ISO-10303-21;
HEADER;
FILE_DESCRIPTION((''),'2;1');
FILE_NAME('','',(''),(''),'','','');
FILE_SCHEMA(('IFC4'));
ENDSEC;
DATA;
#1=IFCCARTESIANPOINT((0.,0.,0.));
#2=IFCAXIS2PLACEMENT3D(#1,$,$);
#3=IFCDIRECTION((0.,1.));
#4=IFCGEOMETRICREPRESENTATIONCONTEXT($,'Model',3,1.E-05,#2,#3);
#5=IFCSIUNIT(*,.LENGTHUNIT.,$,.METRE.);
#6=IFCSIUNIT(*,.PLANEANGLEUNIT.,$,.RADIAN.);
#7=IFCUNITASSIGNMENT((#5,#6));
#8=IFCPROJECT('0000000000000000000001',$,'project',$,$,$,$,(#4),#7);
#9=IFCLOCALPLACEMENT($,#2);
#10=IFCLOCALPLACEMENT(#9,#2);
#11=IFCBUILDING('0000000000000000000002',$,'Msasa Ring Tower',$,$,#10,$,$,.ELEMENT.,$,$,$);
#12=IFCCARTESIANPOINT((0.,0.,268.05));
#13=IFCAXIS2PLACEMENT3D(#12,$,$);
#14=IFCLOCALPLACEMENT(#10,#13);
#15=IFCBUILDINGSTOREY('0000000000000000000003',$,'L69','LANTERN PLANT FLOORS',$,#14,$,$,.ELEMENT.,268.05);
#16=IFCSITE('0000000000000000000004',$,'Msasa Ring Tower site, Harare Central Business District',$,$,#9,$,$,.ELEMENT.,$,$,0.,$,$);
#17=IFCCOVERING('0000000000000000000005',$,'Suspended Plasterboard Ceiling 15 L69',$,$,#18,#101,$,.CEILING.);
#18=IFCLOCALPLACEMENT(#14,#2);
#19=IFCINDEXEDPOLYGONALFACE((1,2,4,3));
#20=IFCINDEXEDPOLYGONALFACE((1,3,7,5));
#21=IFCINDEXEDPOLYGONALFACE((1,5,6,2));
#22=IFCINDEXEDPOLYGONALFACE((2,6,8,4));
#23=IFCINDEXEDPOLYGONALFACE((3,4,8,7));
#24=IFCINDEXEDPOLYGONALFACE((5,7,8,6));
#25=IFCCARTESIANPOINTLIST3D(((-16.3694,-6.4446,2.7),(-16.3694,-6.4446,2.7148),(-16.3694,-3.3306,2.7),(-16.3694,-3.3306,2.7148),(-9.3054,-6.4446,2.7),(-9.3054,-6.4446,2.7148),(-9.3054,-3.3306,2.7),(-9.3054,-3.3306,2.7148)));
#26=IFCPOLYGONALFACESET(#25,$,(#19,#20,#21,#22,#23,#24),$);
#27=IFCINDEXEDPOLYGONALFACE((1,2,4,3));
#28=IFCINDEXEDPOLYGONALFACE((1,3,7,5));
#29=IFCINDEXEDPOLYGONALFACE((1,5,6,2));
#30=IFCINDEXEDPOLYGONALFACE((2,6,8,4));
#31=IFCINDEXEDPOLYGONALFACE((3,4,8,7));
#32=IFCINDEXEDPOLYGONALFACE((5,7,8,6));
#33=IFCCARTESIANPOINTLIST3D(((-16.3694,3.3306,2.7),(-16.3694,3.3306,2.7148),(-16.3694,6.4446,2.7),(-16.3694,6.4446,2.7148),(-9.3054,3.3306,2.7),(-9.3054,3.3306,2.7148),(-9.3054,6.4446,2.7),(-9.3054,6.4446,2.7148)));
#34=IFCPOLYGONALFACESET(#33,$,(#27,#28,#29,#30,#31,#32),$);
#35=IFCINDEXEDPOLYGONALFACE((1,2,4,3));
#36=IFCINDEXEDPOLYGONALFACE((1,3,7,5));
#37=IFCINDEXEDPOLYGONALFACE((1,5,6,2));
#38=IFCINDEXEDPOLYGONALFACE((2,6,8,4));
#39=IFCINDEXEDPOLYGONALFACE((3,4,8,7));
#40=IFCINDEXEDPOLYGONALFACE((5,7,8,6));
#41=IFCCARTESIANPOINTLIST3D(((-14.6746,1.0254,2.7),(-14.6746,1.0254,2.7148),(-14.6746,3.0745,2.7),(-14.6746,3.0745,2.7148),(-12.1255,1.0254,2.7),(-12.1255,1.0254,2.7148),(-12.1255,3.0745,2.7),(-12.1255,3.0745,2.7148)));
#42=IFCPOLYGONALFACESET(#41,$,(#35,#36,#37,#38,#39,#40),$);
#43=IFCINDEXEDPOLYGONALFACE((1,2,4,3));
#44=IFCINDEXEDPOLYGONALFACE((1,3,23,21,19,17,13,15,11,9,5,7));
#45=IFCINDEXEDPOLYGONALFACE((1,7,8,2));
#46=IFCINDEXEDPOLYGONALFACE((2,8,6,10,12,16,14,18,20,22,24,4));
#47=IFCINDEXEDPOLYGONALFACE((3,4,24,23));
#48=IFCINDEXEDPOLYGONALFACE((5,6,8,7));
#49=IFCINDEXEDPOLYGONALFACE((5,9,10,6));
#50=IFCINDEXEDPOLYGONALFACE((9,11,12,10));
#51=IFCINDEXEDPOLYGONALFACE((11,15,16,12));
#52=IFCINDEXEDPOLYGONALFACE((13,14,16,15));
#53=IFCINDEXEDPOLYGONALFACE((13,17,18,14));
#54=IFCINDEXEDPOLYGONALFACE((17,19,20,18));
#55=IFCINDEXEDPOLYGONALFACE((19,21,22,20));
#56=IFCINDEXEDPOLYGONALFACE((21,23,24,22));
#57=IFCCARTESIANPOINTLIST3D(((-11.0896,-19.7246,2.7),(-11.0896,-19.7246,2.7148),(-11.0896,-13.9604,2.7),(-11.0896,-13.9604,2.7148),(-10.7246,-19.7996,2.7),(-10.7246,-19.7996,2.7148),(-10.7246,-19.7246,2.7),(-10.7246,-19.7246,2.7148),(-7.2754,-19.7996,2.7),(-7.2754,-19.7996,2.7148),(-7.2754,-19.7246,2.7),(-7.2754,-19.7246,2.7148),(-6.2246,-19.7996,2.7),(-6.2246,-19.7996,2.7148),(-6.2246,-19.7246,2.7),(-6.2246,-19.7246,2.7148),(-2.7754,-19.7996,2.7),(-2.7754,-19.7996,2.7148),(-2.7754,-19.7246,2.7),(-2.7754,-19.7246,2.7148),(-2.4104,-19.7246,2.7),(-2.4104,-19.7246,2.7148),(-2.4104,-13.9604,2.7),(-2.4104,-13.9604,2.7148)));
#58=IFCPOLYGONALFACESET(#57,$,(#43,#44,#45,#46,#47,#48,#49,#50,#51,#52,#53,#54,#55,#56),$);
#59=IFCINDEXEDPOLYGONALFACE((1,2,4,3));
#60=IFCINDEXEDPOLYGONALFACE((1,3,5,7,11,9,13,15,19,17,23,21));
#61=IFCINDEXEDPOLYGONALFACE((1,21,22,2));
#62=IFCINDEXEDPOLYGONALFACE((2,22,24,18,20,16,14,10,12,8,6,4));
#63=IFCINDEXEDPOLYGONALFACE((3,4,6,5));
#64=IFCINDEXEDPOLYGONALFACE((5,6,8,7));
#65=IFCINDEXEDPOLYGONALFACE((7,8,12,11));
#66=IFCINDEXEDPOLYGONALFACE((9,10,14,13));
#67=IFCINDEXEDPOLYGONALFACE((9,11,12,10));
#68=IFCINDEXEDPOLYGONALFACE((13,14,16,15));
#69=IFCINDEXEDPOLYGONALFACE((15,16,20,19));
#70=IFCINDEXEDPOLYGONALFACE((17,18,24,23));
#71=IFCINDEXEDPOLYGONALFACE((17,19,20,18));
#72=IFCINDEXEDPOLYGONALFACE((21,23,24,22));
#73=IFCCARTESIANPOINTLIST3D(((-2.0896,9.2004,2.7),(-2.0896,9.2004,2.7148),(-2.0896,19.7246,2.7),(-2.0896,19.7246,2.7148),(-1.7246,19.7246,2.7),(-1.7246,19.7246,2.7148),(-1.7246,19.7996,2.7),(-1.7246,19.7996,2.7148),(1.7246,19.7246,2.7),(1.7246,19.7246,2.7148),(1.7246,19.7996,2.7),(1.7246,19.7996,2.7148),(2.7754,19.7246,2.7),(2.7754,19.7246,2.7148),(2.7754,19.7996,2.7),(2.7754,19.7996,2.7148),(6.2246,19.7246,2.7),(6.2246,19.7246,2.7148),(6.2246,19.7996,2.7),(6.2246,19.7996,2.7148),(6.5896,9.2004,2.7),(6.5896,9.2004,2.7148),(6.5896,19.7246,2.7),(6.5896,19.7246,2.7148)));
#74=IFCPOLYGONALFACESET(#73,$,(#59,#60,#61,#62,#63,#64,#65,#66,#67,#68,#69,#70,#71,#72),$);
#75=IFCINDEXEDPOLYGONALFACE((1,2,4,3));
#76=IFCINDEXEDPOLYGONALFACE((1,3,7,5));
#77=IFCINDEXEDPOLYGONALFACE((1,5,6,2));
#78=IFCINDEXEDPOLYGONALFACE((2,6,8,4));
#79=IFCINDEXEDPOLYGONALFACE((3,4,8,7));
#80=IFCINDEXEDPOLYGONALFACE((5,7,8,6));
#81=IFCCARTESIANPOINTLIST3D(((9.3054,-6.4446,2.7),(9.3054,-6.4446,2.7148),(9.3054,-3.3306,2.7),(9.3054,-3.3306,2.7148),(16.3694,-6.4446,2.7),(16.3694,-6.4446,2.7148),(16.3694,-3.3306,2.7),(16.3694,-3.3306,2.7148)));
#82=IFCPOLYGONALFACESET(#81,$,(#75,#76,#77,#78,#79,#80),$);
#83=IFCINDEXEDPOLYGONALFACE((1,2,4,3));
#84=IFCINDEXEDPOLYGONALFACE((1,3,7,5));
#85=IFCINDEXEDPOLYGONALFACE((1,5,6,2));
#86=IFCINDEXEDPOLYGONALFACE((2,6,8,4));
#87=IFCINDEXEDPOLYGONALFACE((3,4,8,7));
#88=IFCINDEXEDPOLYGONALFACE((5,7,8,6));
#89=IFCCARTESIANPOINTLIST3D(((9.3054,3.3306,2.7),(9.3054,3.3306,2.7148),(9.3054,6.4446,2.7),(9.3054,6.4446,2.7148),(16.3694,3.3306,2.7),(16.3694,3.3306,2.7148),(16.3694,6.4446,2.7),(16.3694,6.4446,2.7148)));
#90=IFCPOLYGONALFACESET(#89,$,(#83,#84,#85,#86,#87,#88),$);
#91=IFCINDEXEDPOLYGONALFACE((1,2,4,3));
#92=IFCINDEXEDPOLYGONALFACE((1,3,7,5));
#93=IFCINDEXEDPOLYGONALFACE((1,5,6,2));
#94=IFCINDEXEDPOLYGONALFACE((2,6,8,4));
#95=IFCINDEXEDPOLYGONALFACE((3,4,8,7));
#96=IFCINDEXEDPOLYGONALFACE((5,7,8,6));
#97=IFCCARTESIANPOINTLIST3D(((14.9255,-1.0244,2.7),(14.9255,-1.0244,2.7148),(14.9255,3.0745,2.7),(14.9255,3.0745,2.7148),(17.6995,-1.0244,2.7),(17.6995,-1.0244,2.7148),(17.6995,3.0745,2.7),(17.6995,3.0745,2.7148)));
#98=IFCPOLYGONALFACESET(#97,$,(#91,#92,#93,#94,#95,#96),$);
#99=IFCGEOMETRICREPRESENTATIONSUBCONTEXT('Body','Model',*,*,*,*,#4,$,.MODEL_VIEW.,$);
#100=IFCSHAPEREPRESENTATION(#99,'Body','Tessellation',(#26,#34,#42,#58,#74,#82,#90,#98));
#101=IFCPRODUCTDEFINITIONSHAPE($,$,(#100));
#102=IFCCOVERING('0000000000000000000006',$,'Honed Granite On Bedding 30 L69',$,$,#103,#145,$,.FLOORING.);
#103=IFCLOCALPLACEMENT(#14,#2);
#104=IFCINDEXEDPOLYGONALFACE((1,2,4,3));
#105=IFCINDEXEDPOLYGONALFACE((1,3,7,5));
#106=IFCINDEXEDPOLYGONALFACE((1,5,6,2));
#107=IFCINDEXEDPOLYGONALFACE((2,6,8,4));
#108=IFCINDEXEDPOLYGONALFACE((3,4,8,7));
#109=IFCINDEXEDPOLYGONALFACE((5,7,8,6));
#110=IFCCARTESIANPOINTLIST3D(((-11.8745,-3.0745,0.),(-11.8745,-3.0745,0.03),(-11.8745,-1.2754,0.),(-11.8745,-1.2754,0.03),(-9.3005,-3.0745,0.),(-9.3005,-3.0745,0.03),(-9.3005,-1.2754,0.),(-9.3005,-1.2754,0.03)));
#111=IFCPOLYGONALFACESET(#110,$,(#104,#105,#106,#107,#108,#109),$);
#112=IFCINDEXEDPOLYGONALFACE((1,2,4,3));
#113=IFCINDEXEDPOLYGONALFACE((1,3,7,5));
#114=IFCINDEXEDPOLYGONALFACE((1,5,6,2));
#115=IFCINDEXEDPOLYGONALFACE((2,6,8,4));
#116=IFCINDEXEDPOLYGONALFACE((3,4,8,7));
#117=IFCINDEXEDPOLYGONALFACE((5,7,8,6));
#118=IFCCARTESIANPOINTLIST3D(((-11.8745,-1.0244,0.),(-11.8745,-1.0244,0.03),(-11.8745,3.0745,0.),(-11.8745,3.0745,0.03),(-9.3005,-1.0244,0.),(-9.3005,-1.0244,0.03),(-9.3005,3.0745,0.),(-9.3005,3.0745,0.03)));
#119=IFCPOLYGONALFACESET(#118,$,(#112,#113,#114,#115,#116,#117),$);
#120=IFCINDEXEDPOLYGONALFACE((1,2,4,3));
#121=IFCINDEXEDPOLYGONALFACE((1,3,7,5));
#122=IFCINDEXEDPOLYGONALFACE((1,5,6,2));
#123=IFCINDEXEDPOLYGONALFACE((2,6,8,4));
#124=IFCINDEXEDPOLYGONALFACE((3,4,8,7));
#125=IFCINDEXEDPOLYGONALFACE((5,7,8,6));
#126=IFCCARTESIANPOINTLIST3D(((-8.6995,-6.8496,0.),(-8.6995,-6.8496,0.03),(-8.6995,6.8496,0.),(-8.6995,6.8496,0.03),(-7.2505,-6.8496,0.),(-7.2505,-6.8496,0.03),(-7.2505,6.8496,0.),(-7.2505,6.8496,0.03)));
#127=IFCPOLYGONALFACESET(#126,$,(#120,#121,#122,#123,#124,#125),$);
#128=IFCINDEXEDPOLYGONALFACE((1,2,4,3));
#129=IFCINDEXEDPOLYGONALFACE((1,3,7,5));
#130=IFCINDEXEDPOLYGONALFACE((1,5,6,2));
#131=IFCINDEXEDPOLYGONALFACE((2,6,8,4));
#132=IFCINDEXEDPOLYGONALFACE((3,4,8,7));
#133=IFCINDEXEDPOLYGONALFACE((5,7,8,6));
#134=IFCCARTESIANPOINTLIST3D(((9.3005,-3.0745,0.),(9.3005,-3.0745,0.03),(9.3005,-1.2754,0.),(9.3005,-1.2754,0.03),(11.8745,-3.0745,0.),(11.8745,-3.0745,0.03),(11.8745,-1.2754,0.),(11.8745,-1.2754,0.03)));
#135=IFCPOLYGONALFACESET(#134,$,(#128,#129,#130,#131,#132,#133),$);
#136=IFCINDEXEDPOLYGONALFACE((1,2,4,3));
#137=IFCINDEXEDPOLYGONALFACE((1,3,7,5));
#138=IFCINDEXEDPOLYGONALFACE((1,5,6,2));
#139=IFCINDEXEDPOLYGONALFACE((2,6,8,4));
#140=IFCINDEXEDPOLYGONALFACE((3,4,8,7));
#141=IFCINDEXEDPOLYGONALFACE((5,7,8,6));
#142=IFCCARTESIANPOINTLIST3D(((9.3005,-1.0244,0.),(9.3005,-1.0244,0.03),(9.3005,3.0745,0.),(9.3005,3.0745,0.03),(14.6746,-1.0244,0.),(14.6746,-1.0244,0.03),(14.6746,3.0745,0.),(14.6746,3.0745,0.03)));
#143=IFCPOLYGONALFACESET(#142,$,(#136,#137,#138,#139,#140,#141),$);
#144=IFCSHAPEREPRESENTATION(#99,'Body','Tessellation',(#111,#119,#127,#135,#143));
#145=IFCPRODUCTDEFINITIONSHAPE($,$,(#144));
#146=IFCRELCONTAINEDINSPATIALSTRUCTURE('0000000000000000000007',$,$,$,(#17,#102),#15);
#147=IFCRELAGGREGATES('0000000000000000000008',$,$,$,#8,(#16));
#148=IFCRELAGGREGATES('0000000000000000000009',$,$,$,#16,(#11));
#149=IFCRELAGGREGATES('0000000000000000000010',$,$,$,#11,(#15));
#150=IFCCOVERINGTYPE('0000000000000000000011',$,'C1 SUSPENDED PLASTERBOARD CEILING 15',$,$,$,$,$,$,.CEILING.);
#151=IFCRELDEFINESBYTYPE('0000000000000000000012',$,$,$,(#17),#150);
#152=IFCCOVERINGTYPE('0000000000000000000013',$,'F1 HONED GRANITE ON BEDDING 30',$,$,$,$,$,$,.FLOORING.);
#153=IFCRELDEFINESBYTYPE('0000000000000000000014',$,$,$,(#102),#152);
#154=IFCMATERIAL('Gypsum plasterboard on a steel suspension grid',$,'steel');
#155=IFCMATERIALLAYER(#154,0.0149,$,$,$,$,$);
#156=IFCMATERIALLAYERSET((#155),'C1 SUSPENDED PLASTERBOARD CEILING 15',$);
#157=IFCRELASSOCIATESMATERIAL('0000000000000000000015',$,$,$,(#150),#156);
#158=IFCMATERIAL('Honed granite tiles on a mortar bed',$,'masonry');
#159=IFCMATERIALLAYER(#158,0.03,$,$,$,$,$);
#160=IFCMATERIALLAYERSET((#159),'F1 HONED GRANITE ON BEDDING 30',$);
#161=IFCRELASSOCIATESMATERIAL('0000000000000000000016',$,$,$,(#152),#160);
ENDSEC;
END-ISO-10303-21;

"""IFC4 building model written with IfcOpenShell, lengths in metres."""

from ifc_helpers import new_model, si_unit, direction, frame, origin, place, context, subcontext, project, spatial, line, indexed_curve, outline, extrude, material, layer, layer_set, type_object, element, save


model = new_model("IFC4")

# Units and contexts
model_context = context("Model", 3, precision=1e-05, world=origin(), true_north=direction((0.0, 1.0)))
body_context = subcontext(model_context, "Body", "Model", "MODEL_VIEW")
ifc_project = project(units=[si_unit("LENGTHUNIT", "METRE"), si_unit("PLANEANGLEUNIT", "RADIAN")], contexts=[model_context])

# Site, building, storey
site_placement = place(None, origin())
site = spatial("IfcSite", under=ifc_project, at=site_placement, Name="Msasa Ring Tower site, Harare Central Business District", CompositionType="ELEMENT", RefElevation=0.0)
building_placement = place(site_placement, origin())
building = spatial("IfcBuilding", under=site, at=building_placement, Name="Msasa Ring Tower", CompositionType="ELEMENT")
storey_placement = place(building_placement, frame((0.0, 0.0, 268.05)))
storey = spatial("IfcBuildingStorey", under=building, at=storey_placement, Name="L69", Description="LANTERN PLANT FLOORS", CompositionType="ELEMENT", Elevation=268.05)

# Coverings
ifc_material_1 = material(Name="Gypsum plasterboard on a steel suspension grid", Category="steel")
ifc_layer_1 = layer(ifc_material_1, 0.0149)
ifc_layer_set_1 = layer_set([ifc_layer_1], Name="C1 SUSPENDED PLASTERBOARD CEILING 15")
covering_type_1 = type_object("IfcCoveringType", Name="C1 SUSPENDED PLASTERBOARD CEILING 15", PredefinedType="CEILING", material=ifc_layer_set_1)
covering_1_placement = place(storey_placement, frame((0.0, 0.0, 2.7)))
element("IfcCovering", 1, at=covering_1_placement, inside=storey, type_object=covering_type_1, Name="Suspended Plasterboard Ceiling 15 L69", PredefinedType="CEILING", context=body_context, shape_type="SweptSolid", body=[
    extrude(outline(indexed_curve([(-16.3694, -6.4446), (-16.3694, -3.3306), (-9.3054, -3.3306), (-9.3054, -6.4446)], segments=[line(1, 2, 3, 4, 1)], self_intersect=False)), origin(), (0.0, 0.0, 1.0), 0.0149),
    extrude(outline(indexed_curve([(-16.3694, 3.3306), (-16.3694, 6.4446), (-9.3054, 6.4446), (-9.3054, 3.3306)], segments=[line(1, 2, 3, 4, 1)], self_intersect=False)), origin(), (0.0, 0.0, 1.0), 0.0149),
    extrude(outline(indexed_curve([(-14.6746, 3.0745), (-12.1255, 3.0745), (-12.1255, 1.0254), (-14.6746, 1.0254)], segments=[line(1, 2, 3, 4, 1)], self_intersect=False)), origin(), (0.0, 0.0, 1.0), 0.0149),
    extrude(outline(indexed_curve([(-11.0896, -13.9604), (-2.4104, -13.9604), (-2.4104, -19.7246), (-2.7754, -19.7246), (-2.7754, -19.7996), (-6.2246, -19.7996), (-6.2246, -19.7246), (-7.2754, -19.7246), (-7.2754, -19.7996), (-10.7246, -19.7996), (-10.7246, -19.7246), (-11.0896, -19.7246)], segments=[line(1, 2, 3, 4, 5, 6, 7, 8, 9, 10, 11, 12, 1)], self_intersect=False)), origin(), (0.0, 0.0, 1.0), 0.0149),
    extrude(outline(indexed_curve([(6.5896, 9.2004), (-2.0896, 9.2004), (-2.0896, 19.7246), (-1.7246, 19.7246), (-1.7246, 19.7996), (1.7246, 19.7996), (1.7246, 19.7246), (2.7754, 19.7246), (2.7754, 19.7996), (6.2246, 19.7996), (6.2246, 19.7246), (6.5896, 19.7246)], segments=[line(1, 2, 3, 4, 5, 6, 7, 8, 9, 10, 11, 12, 1)], self_intersect=False)), origin(), (0.0, 0.0, 1.0), 0.0149),
    extrude(outline(indexed_curve([(9.3054, -6.4446), (9.3054, -3.3306), (16.3694, -3.3306), (16.3694, -6.4446)], segments=[line(1, 2, 3, 4, 1)], self_intersect=False)), origin(), (0.0, 0.0, 1.0), 0.0149),
    extrude(outline(indexed_curve([(9.3054, 3.3306), (9.3054, 6.4446), (16.3694, 6.4446), (16.3694, 3.3306)], segments=[line(1, 2, 3, 4, 1)], self_intersect=False)), origin(), (0.0, 0.0, 1.0), 0.0149),
    extrude(outline(indexed_curve([(14.9255, -1.0244), (14.9255, 3.0745), (17.6995, 3.0745), (17.6995, -1.0244)], segments=[line(1, 2, 3, 4, 1)], self_intersect=False)), origin(), (0.0, 0.0, 1.0), 0.0149),
])
ifc_material_2 = material(Name="Honed granite tiles on a mortar bed", Category="masonry")
ifc_layer_2 = layer(ifc_material_2, 0.03)
ifc_layer_set_2 = layer_set([ifc_layer_2], Name="F1 HONED GRANITE ON BEDDING 30")
covering_type_2 = type_object("IfcCoveringType", Name="F1 HONED GRANITE ON BEDDING 30", PredefinedType="FLOORING", material=ifc_layer_set_2)
covering_2_placement = place(storey_placement, origin())
element("IfcCovering", 2, at=covering_2_placement, inside=storey, type_object=covering_type_2, Name="Honed Granite On Bedding 30 L69", PredefinedType="FLOORING", context=body_context, shape_type="SweptSolid", body=[
    extrude(outline(indexed_curve([(-11.8745, -3.0745), (-11.8745, -1.2754), (-9.3005, -1.2754), (-9.3005, -3.0745)], segments=[line(1, 2, 3, 4, 1)], self_intersect=False)), origin(), (0.0, 0.0, 1.0), 0.03),
    extrude(outline(indexed_curve([(-11.8745, 3.0745), (-9.3005, 3.0745), (-9.3005, -1.0244), (-11.8745, -1.0244)], segments=[line(1, 2, 3, 4, 1)], self_intersect=False)), origin(), (0.0, 0.0, 1.0), 0.03),
    extrude(outline(indexed_curve([(-8.6995, -6.8496), (-8.6995, 6.8496), (-7.2505, 6.8496), (-7.2505, -6.8496)], segments=[line(1, 2, 3, 4, 1)], self_intersect=False)), origin(), (0.0, 0.0, 1.0), 0.03),
    extrude(outline(indexed_curve([(9.3005, -3.0745), (9.3005, -1.2754), (11.8745, -1.2754), (11.8745, -3.0745)], segments=[line(1, 2, 3, 4, 1)], self_intersect=False)), origin(), (0.0, 0.0, 1.0), 0.03),
    extrude(outline(indexed_curve([(9.3005, 3.0745), (14.6746, 3.0745), (14.6746, -1.0244), (9.3005, -1.0244)], segments=[line(1, 2, 3, 4, 1)], self_intersect=False)), origin(), (0.0, 0.0, 1.0), 0.03),
])

save(model, "model.ifc")
